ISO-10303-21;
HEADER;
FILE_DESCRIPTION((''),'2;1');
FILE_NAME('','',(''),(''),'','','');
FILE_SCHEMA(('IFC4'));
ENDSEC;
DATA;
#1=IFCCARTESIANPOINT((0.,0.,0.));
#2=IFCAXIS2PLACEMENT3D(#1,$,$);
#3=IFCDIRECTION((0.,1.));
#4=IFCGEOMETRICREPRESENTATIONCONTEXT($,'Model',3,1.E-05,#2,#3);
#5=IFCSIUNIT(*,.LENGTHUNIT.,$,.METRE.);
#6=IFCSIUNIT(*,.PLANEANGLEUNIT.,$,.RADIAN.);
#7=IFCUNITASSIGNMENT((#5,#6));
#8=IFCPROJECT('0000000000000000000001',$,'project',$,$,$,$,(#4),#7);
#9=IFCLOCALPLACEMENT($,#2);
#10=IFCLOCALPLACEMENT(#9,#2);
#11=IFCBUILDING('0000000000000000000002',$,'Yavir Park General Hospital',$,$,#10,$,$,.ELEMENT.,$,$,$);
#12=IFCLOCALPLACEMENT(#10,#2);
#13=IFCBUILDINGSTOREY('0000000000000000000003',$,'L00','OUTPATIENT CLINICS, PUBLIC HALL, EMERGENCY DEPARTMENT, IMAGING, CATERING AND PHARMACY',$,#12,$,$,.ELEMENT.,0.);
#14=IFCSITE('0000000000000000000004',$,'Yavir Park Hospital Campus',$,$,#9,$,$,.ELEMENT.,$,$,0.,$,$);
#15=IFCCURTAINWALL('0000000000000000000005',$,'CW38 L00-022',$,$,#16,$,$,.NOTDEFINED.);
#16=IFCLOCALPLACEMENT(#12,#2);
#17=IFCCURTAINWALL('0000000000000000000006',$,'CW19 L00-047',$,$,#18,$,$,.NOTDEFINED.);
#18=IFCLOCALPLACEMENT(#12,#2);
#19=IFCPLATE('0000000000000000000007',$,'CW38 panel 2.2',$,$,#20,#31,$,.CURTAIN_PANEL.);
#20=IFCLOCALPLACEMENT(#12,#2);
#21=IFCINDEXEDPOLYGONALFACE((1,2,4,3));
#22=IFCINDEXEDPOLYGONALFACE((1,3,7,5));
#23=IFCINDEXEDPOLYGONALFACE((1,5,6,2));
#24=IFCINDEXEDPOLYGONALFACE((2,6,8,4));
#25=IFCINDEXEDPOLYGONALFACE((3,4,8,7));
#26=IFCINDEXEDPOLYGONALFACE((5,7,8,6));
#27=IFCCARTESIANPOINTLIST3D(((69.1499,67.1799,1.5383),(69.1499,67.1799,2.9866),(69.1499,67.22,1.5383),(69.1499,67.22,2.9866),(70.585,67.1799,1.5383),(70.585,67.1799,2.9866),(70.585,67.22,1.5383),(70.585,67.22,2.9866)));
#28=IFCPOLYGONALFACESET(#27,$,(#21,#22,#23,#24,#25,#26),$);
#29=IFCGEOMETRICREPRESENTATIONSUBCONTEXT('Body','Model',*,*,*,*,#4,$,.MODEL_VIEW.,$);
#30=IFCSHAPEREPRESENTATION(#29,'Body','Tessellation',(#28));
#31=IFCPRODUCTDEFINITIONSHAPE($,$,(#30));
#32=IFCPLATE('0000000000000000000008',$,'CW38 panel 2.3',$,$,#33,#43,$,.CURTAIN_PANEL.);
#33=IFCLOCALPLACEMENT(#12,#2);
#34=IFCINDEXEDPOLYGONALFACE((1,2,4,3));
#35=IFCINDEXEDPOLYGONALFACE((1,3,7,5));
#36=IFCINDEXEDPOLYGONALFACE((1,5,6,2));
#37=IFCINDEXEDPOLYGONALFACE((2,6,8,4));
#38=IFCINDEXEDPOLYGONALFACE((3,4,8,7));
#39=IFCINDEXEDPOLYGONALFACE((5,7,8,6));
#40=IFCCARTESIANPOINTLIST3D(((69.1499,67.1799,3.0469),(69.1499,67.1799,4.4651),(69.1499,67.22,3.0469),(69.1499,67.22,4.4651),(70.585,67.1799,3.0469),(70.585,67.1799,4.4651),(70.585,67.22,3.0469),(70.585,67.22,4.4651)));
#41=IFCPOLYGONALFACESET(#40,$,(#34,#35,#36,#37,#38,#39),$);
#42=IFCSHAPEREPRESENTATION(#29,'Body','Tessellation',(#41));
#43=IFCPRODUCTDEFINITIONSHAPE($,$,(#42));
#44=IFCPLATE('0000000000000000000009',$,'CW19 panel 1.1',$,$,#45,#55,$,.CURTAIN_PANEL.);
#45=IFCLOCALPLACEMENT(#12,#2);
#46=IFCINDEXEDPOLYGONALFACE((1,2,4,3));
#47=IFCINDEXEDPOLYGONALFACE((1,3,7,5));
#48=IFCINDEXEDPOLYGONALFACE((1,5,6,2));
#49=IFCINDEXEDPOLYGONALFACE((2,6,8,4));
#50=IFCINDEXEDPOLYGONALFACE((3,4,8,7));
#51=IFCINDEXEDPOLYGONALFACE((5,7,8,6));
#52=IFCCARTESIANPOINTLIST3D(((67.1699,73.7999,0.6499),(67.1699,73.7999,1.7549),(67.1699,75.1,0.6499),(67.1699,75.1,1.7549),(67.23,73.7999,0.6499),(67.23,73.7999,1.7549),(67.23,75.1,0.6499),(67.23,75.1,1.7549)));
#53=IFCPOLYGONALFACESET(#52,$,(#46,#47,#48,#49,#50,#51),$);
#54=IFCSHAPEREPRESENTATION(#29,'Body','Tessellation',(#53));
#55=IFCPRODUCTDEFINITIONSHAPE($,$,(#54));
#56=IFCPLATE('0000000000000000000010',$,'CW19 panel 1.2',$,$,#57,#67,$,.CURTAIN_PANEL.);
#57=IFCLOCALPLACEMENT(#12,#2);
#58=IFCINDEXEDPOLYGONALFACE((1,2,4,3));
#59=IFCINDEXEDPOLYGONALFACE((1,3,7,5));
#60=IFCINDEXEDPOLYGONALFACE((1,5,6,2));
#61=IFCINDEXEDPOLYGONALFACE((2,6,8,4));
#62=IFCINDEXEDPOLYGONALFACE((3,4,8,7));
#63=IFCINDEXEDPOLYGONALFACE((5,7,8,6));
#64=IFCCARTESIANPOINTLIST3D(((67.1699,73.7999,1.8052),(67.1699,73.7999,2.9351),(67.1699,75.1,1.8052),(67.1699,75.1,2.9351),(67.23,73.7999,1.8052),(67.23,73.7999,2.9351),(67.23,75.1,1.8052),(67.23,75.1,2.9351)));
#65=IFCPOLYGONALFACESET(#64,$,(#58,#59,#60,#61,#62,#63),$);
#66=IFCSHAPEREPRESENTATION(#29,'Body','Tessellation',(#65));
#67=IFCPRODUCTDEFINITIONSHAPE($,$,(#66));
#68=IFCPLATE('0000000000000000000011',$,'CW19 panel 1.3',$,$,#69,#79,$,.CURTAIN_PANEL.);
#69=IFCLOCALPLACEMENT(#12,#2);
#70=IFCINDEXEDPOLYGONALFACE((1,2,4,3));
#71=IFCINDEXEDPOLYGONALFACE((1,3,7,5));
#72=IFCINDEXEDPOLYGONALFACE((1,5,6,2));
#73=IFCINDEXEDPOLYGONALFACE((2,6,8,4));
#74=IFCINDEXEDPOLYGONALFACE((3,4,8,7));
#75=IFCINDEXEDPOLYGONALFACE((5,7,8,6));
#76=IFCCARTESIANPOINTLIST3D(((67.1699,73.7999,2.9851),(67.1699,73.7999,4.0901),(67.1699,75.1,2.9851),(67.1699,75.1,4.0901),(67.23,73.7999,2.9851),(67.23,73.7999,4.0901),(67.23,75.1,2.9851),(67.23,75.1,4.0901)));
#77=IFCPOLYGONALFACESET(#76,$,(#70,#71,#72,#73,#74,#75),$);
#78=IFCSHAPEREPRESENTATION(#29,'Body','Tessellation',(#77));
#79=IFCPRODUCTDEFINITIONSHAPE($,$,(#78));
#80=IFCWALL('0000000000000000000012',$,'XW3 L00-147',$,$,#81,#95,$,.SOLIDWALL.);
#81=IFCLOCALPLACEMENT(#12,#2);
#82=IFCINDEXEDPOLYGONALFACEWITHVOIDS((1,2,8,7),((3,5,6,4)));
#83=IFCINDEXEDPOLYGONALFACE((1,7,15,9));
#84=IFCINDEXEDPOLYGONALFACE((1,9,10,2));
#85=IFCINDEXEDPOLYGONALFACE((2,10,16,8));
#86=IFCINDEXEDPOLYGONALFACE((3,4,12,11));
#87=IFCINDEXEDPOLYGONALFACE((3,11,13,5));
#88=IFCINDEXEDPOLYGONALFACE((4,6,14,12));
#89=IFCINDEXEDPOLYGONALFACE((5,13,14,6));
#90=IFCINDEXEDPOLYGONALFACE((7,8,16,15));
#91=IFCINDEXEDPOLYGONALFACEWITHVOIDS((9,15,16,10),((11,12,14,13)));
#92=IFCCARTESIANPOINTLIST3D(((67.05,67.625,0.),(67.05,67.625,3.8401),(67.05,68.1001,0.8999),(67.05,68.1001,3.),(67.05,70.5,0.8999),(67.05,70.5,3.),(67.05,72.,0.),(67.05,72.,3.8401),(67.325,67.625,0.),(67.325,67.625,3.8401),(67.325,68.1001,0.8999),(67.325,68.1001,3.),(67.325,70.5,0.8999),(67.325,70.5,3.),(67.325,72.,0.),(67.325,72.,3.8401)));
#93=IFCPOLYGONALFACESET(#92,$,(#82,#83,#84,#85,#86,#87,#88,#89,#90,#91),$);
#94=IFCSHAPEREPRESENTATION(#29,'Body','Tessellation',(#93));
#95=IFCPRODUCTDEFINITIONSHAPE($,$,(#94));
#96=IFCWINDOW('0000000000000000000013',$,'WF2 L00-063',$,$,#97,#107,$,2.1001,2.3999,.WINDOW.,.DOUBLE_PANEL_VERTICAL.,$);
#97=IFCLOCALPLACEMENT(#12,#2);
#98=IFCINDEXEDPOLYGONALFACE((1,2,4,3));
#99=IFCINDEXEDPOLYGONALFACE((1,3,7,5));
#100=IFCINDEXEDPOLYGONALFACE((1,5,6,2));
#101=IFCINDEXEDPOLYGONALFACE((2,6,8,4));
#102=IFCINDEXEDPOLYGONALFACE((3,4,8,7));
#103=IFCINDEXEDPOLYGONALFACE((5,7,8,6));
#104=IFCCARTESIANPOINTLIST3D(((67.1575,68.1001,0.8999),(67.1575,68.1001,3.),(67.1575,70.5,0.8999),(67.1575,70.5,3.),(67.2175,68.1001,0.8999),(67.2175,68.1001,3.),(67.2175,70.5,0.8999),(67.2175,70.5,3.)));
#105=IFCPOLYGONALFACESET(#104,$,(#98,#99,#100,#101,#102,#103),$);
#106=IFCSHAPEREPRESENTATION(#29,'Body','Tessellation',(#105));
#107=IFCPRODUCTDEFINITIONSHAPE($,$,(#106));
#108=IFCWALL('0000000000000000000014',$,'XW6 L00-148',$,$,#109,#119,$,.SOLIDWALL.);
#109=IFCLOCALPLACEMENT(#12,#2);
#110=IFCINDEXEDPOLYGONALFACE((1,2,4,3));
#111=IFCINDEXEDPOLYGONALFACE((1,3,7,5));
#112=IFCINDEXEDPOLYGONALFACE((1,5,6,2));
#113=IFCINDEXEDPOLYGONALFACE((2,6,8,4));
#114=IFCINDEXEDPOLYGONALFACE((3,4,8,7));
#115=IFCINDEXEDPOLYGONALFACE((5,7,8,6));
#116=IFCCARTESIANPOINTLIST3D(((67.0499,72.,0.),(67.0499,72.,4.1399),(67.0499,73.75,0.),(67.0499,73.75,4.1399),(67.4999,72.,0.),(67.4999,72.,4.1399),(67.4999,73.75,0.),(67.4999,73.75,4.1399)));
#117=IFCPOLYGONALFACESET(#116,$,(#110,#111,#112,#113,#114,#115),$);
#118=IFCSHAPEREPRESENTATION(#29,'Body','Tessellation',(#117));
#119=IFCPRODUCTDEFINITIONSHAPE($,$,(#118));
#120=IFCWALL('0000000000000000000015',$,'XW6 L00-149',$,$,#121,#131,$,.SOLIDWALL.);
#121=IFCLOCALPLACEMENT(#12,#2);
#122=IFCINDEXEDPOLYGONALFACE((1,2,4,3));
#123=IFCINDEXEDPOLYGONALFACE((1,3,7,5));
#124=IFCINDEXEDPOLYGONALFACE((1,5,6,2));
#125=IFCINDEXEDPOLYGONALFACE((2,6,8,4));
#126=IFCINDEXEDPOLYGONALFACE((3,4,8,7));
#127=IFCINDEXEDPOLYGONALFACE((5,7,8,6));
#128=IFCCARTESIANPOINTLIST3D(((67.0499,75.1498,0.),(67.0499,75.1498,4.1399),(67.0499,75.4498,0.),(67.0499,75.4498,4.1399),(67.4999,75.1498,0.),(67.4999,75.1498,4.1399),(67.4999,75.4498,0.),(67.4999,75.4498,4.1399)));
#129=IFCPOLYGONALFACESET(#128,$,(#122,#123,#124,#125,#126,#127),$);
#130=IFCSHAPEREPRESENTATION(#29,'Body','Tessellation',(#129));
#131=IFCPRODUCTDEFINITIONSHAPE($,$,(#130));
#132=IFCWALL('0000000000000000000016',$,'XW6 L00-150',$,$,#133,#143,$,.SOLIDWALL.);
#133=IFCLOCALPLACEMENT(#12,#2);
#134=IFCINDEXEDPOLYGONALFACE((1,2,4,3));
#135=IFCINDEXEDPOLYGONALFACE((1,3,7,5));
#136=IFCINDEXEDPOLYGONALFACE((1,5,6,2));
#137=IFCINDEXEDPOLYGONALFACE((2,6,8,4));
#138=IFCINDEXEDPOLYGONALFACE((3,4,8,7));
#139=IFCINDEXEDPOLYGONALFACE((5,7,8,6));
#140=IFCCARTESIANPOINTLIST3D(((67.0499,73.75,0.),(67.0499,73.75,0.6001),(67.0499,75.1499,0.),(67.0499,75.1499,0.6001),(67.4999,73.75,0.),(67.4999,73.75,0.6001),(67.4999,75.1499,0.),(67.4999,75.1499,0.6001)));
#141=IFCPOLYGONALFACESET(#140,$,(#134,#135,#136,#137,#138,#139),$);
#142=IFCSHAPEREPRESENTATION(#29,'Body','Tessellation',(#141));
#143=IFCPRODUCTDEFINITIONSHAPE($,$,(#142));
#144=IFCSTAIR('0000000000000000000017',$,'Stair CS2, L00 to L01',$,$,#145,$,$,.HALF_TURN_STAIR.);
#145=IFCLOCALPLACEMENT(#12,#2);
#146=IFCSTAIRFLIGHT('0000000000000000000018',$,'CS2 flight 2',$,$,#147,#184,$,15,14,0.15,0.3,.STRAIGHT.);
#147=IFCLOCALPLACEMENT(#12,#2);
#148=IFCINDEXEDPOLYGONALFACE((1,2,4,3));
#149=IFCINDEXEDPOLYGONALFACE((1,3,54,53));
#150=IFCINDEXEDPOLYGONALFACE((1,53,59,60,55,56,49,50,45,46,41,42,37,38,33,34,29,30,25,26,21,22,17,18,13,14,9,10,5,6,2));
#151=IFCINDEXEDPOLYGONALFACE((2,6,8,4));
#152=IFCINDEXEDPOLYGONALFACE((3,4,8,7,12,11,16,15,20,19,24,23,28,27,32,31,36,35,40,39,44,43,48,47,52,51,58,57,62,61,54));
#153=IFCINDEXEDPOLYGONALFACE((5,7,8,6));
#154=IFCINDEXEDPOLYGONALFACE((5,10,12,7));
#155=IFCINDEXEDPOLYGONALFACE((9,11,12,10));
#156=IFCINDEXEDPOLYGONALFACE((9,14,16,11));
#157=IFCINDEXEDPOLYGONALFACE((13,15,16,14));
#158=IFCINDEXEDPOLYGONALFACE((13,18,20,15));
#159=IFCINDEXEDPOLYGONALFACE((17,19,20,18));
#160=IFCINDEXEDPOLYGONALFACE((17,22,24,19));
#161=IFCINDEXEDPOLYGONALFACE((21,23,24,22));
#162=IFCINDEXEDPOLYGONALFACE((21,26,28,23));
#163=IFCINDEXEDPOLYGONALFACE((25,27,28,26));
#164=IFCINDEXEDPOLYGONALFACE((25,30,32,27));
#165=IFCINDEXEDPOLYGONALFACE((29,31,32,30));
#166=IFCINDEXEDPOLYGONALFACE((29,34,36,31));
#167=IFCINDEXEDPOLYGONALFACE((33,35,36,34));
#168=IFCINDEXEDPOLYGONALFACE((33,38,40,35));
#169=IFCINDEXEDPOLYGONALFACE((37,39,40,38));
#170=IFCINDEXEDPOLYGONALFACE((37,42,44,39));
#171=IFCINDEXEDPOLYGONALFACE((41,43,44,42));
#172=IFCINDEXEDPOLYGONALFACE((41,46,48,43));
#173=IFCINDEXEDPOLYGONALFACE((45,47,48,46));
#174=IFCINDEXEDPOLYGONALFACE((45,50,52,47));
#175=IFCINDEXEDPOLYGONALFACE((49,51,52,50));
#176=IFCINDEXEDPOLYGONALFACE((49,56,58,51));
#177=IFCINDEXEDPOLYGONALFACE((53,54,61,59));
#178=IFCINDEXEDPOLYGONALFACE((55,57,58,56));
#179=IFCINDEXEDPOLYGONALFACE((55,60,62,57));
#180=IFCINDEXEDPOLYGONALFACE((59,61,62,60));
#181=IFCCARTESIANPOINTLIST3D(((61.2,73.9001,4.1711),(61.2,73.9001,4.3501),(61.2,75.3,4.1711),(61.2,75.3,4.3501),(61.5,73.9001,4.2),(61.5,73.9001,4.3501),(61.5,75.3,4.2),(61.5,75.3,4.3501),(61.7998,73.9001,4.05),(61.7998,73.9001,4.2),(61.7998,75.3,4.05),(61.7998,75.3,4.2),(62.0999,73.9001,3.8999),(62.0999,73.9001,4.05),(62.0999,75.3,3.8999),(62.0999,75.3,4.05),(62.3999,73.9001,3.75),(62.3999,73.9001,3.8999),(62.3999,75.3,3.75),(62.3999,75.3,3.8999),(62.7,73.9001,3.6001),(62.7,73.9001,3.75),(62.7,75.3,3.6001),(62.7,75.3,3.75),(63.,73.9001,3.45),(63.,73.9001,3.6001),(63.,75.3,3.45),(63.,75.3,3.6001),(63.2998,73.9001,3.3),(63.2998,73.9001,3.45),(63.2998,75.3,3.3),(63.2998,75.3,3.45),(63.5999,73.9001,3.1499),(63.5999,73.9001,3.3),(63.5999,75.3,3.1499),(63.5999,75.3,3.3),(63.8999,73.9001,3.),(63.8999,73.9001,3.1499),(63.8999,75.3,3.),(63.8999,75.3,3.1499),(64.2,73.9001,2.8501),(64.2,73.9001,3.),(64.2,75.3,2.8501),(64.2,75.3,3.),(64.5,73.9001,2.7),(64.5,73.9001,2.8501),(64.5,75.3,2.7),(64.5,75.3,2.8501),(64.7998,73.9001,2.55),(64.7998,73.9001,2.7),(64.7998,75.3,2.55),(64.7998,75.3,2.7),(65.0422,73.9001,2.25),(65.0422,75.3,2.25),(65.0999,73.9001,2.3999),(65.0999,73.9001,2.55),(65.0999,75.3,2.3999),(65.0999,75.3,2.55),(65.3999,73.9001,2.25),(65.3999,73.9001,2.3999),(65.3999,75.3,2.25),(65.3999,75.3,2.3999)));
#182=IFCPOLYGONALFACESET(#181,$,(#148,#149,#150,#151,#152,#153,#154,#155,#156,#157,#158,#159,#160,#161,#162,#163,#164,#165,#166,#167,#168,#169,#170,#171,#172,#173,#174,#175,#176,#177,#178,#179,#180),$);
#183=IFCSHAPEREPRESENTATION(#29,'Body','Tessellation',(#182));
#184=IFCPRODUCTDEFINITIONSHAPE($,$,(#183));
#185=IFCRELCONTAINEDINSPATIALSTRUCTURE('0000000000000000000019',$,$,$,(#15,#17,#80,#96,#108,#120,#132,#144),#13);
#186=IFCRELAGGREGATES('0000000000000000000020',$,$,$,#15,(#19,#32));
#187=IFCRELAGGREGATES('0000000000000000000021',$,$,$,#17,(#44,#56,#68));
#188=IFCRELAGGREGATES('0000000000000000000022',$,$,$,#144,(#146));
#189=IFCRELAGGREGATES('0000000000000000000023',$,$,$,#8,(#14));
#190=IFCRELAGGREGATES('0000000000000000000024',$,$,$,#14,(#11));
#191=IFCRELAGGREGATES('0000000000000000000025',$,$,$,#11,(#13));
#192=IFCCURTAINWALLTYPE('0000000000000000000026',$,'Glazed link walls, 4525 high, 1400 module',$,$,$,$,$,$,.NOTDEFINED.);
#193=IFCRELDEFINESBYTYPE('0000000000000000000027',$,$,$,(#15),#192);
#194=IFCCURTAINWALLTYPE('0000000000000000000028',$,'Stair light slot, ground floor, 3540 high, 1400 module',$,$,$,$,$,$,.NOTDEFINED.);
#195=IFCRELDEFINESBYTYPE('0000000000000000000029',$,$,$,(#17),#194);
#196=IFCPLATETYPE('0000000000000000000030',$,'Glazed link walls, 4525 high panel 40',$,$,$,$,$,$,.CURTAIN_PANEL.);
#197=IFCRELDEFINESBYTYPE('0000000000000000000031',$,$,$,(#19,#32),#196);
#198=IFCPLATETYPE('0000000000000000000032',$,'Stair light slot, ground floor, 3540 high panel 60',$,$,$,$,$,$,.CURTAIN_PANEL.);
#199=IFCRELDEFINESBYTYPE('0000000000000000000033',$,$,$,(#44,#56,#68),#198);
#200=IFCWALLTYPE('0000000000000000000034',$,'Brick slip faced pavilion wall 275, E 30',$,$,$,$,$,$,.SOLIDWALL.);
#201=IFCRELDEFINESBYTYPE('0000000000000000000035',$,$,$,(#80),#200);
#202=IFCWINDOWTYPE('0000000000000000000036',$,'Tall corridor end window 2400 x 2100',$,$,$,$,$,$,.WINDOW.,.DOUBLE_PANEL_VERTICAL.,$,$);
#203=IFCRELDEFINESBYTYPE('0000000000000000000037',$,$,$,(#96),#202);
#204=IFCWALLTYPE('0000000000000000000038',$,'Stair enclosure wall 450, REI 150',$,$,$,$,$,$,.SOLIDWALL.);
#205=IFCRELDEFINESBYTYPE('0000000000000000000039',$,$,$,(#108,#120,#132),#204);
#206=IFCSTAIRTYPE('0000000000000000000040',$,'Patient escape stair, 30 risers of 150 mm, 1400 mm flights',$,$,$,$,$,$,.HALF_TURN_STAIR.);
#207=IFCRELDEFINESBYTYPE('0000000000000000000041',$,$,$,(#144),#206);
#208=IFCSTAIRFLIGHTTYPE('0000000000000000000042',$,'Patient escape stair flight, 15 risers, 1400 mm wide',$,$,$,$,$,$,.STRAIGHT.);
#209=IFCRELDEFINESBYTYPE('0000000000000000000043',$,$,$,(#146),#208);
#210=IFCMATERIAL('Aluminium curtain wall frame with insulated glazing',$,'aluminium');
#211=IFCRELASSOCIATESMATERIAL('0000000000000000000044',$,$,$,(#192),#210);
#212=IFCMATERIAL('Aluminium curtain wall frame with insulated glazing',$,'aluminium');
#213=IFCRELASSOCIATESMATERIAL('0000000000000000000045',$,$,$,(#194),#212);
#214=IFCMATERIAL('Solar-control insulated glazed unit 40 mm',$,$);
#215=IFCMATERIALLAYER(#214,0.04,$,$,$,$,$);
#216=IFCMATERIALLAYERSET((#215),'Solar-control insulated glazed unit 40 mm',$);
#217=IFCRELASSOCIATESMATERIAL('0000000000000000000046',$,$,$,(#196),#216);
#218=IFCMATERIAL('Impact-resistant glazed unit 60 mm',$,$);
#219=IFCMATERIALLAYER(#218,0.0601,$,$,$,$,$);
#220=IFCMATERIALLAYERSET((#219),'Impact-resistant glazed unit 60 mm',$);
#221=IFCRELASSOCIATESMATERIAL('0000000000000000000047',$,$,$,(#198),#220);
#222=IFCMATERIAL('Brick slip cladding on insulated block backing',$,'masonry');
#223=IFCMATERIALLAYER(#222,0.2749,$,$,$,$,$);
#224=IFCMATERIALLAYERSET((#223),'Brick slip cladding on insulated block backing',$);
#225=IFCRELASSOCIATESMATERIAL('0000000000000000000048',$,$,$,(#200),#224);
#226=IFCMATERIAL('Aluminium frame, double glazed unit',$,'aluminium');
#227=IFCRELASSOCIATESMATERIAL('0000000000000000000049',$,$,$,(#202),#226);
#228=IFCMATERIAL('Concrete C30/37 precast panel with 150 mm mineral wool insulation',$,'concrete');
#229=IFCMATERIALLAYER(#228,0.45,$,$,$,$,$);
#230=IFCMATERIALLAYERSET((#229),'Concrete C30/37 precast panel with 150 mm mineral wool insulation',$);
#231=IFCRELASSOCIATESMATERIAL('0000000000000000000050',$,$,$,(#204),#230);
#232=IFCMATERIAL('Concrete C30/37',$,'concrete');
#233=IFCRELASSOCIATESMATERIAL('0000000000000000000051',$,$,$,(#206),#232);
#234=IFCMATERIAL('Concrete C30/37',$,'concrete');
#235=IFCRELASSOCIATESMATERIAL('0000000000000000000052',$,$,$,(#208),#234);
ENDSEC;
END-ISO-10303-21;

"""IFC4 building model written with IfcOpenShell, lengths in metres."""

from ifc_helpers import new_model, si_unit, direction, frame, frame_2d, origin, origin_2d, place, context, subcontext, project, spatial, polyline, rectangle, outline, extrude, material, layer, layer_set, type_object, element, fill, aggregate, save


model = new_model("IFC4")

# Units and contexts
model_context = context("Model", 3, precision=1e-05, world=origin(), true_north=direction((0.0, 1.0)))
body_context = subcontext(model_context, "Body", "Model", "MODEL_VIEW")
ifc_project = project(units=[si_unit("LENGTHUNIT", "METRE"), si_unit("PLANEANGLEUNIT", "RADIAN")], contexts=[model_context])

# Site, building, storey
site_placement = place(None, origin())
site = spatial("IfcSite", under=ifc_project, at=site_placement, Name="Yavir Park Hospital Campus", CompositionType="ELEMENT", RefElevation=0.0)
building_placement = place(site_placement, origin())
building = spatial("IfcBuilding", under=site, at=building_placement, Name="Yavir Park General Hospital", CompositionType="ELEMENT")
storey_placement = place(building_placement, origin())
storey = spatial("IfcBuildingStorey", under=building, at=storey_placement, Name="L00", Description="OUTPATIENT CLINICS, PUBLIC HALL, EMERGENCY DEPARTMENT, IMAGING, CATERING AND PHARMACY", CompositionType="ELEMENT", Elevation=0.0)

# Curtain wall
ifc_material_1 = material(Name="Aluminium curtain wall frame with insulated glazing", Category="aluminium")
curtain_wall_type_1 = type_object("IfcCurtainWallType", Name="Glazed link walls, 4525 high, 1400 module", PredefinedType="NOTDEFINED", material=ifc_material_1)
curtain_wall_1_placement = place(storey_placement, origin())
curtain_wall_1 = element("IfcCurtainWall", 1, at=curtain_wall_1_placement, inside=storey, type_object=curtain_wall_type_1, Name="CW38 L00-022", PredefinedType="NOTDEFINED")

# Curtain wall
ifc_material_2 = material(Name="Aluminium curtain wall frame with insulated glazing", Category="aluminium")
curtain_wall_type_2 = type_object("IfcCurtainWallType", Name="Stair light slot, ground floor, 3540 high, 1400 module", PredefinedType="NOTDEFINED", material=ifc_material_2)
curtain_wall_2_placement = place(storey_placement, origin())
curtain_wall_2 = element("IfcCurtainWall", 2, at=curtain_wall_2_placement, inside=storey, type_object=curtain_wall_type_2, Name="CW19 L00-047", PredefinedType="NOTDEFINED")

# Plates
ifc_material_3 = material(Name="Solar-control insulated glazed unit 40 mm")
ifc_layer_1 = layer(ifc_material_3, 0.04)
ifc_layer_set_1 = layer_set([ifc_layer_1], Name="Solar-control insulated glazed unit 40 mm")
plate_type_1 = type_object("IfcPlateType", Name="Glazed link walls, 4525 high panel 40", PredefinedType="CURTAIN_PANEL", material=ifc_layer_set_1)
plate_1_placement = place(storey_placement, frame((69.8674, 67.2, 1.5383), z_axis=(0.0, 0.0, 1.0), x_axis=(1.0, 0.0, 0.0)))
plate_1 = element("IfcPlate", 3, at=plate_1_placement, type_object=plate_type_1, Name="CW38 panel 2.2", PredefinedType="CURTAIN_PANEL", context=body_context, shape_type="SweptSolid", body=[
    extrude(rectangle(XDim=1.4351, YDim=0.04, at=origin_2d()), origin(), (0.0, 0.0, 1.0), 1.4482),
])
plate_2_placement = place(storey_placement, frame((69.8674, 67.2, 3.0469), z_axis=(0.0, 0.0, 1.0), x_axis=(1.0, 0.0, 0.0)))
plate_2 = element("IfcPlate", 4, at=plate_2_placement, type_object=plate_type_1, Name="CW38 panel 2.3", PredefinedType="CURTAIN_PANEL", context=body_context, shape_type="SweptSolid", body=[
    extrude(rectangle(XDim=1.4351, YDim=0.04, at=origin_2d()), origin(), (0.0, 0.0, 1.0), 1.4182),
])
aggregate(curtain_wall_1, [plate_1, plate_2])
ifc_material_4 = material(Name="Impact-resistant glazed unit 60 mm")
ifc_layer_2 = layer(ifc_material_4, 0.0601)
ifc_layer_set_2 = layer_set([ifc_layer_2], Name="Impact-resistant glazed unit 60 mm")
plate_type_2 = type_object("IfcPlateType", Name="Stair light slot, ground floor, 3540 high panel 60", PredefinedType="CURTAIN_PANEL", material=ifc_layer_set_2)
plate_3_placement = place(storey_placement, frame((67.2, 74.45, 0.6499), z_axis=(0.0, 0.0, 1.0), x_axis=(0.0, 1.0, 0.0)))
plate_3 = element("IfcPlate", 5, at=plate_3_placement, type_object=plate_type_2, Name="CW19 panel 1.1", PredefinedType="CURTAIN_PANEL", context=body_context, shape_type="SweptSolid", body=[
    extrude(rectangle(XDim=1.3, YDim=0.0601, at=origin_2d()), origin(), (0.0, 0.0, 1.0), 1.105),
])
plate_4_placement = place(storey_placement, frame((67.2, 74.45, 1.8052), z_axis=(0.0, 0.0, 1.0), x_axis=(0.0, 1.0, 0.0)))
plate_4 = element("IfcPlate", 6, at=plate_4_placement, type_object=plate_type_2, Name="CW19 panel 1.2", PredefinedType="CURTAIN_PANEL", context=body_context, shape_type="SweptSolid", body=[
    extrude(rectangle(XDim=1.3, YDim=0.0601, at=origin_2d()), origin(), (0.0, 0.0, 1.0), 1.1299),
])
plate_5_placement = place(storey_placement, frame((67.2, 74.45, 2.9851), z_axis=(0.0, 0.0, 1.0), x_axis=(0.0, 1.0, 0.0)))
plate_5 = element("IfcPlate", 7, at=plate_5_placement, type_object=plate_type_2, Name="CW19 panel 1.3", PredefinedType="CURTAIN_PANEL", context=body_context, shape_type="SweptSolid", body=[
    extrude(rectangle(XDim=1.3, YDim=0.0601, at=origin_2d()), origin(), (0.0, 0.0, 1.0), 1.105),
])
aggregate(curtain_wall_2, [plate_3, plate_4, plate_5])

# Wall, opening, window
ifc_material_5 = material(Name="Brick slip cladding on insulated block backing", Category="masonry")
ifc_layer_3 = layer(ifc_material_5, 0.2749)
ifc_layer_set_3 = layer_set([ifc_layer_3], Name="Brick slip cladding on insulated block backing")
wall_type_1 = type_object("IfcWallType", Name="Brick slip faced pavilion wall 275, E 30", PredefinedType="SOLIDWALL", material=ifc_layer_set_3)
wall_1_placement = place(storey_placement, frame((67.1875, 67.625, 0.0), z_axis=(0.0, 0.0, 1.0), x_axis=(0.0, 1.0, 0.0)))
wall_1 = element("IfcWall", 8, at=wall_1_placement, inside=storey, type_object=wall_type_1, Name="XW3 L00-147", PredefinedType="SOLIDWALL", context=body_context, shape_type="SweptSolid", body=[
    extrude(rectangle(XDim=4.375, YDim=0.2749, at=frame_2d((2.1875, 0.0))), origin(), (0.0, 0.0, 1.0), 3.8401),
])
opening_placement = place(wall_1_placement, frame((0.4751, 0.0, 0.8999)))
opening = element("IfcOpeningElement", 9, at=opening_placement, cuts=wall_1, PredefinedType="OPENING", context=body_context, shape_type="SweptSolid", body=[
    extrude(rectangle(XDim=2.3999, YDim=2.1001, at=frame_2d((1.2, 1.05))), frame((0.0, 0.1475, 0.0), z_axis=(0.0, -1.0, 0.0), x_axis=(1.0, 0.0, 0.0)), (0.0, 0.0, 1.0), 0.2949),
])
ifc_material_6 = material(Name="Aluminium frame, double glazed unit", Category="aluminium")
window_type = type_object("IfcWindowType", Name="Tall corridor end window 2400 x 2100", PartitioningType="DOUBLE_PANEL_VERTICAL", PredefinedType="WINDOW", material=ifc_material_6)
window_placement = place(opening_placement, origin())
window = element("IfcWindow", 10, at=window_placement, inside=storey, type_object=window_type, Name="WF2 L00-063", OverallHeight=2.1001, OverallWidth=2.3999, PartitioningType="DOUBLE_PANEL_VERTICAL", PredefinedType="WINDOW", context=body_context, shape_type="SweptSolid", body=[
    extrude(rectangle(XDim=2.3999, YDim=2.1001, at=frame_2d((1.2, 1.05))), frame((0.0, 0.03, 0.0), z_axis=(0.0, -1.0, 0.0), x_axis=(1.0, 0.0, 0.0)), (0.0, 0.0, 1.0), 0.0601),
])
fill(opening, window)

# Walls
ifc_material_7 = material(Name="Concrete C30/37 precast panel with 150 mm mineral wool insulation", Category="concrete")
ifc_layer_4 = layer(ifc_material_7, 0.45)
ifc_layer_set_4 = layer_set([ifc_layer_4], Name="Concrete C30/37 precast panel with 150 mm mineral wool insulation")
wall_type_2 = type_object("IfcWallType", Name="Stair enclosure wall 450, REI 150", PredefinedType="SOLIDWALL", material=ifc_layer_set_4)
wall_2_placement = place(storey_placement, frame((67.2749, 72.0, 0.0), z_axis=(0.0, 0.0, 1.0), x_axis=(0.0, 1.0, 0.0)))
element("IfcWall", 11, at=wall_2_placement, inside=storey, type_object=wall_type_2, Name="XW6 L00-148", PredefinedType="SOLIDWALL", context=body_context, shape_type="SweptSolid", body=[
    extrude(rectangle(XDim=1.75, YDim=0.45, at=frame_2d((0.875, 0.0))), origin(), (0.0, 0.0, 1.0), 4.1399),
])
wall_3_placement = place(storey_placement, frame((67.2749, 75.1499, 0.0), z_axis=(0.0, 0.0, 1.0), x_axis=(0.0, 1.0, 0.0)))
element("IfcWall", 12, at=wall_3_placement, inside=storey, type_object=wall_type_2, Name="XW6 L00-149", PredefinedType="SOLIDWALL", context=body_context, shape_type="SweptSolid", body=[
    extrude(rectangle(XDim=0.3, YDim=0.45, at=frame_2d((0.1499, 0.0))), origin(), (0.0, 0.0, 1.0), 4.1399),
])
wall_4_placement = place(storey_placement, frame((67.2749, 73.75, 0.0), z_axis=(0.0, 0.0, 1.0), x_axis=(0.0, 1.0, 0.0)))
element("IfcWall", 13, at=wall_4_placement, inside=storey, type_object=wall_type_2, Name="XW6 L00-150", PredefinedType="SOLIDWALL", context=body_context, shape_type="SweptSolid", body=[
    extrude(rectangle(XDim=1.3999, YDim=0.45, at=frame_2d((0.7, 0.0))), origin(), (0.0, 0.0, 1.0), 0.6001),
])

# Stair, stair flight
ifc_material_8 = material(Name="Concrete C30/37", Category="concrete")
stair_type = type_object("IfcStairType", Name="Patient escape stair, 30 risers of 150 mm, 1400 mm flights", PredefinedType="HALF_TURN_STAIR", material=ifc_material_8)
stair_placement = place(storey_placement, origin())
stair = element("IfcStair", 14, at=stair_placement, inside=storey, type_object=stair_type, Name="Stair CS2, L00 to L01", PredefinedType="HALF_TURN_STAIR")
ifc_material_9 = material(Name="Concrete C30/37", Category="concrete")
stair_flight_type = type_object("IfcStairFlightType", Name="Patient escape stair flight, 15 risers, 1400 mm wide", PredefinedType="STRAIGHT", material=ifc_material_9)
stair_flight_placement = place(storey_placement, frame((65.3999, 74.6001, 2.25), z_axis=(0.0, 0.0, 1.0), x_axis=(-1.0, 0.0, 0.0)))
stair_flight = element("IfcStairFlight", 15, at=stair_flight_placement, type_object=stair_flight_type, Name="CS2 flight 2", NumberOfRisers=15, NumberOfTreads=14, PredefinedType="STRAIGHT", RiserHeight=0.15, TreadLength=0.3, context=body_context, shape_type="SweptSolid", body=[
    extrude(outline(polyline([(0.0, 0.0), (0.0, 0.1499), (0.3, 0.1499), (0.3, 0.3), (0.6001, 0.3), (0.6001, 0.45), (0.8999, 0.45), (0.8999, 0.6001), (1.2, 0.6001), (1.2, 0.75), (1.5, 0.75), (1.5, 0.8999), (1.8, 0.8999), (1.8, 1.05), (2.1001, 1.05), (2.1001, 1.2), (2.3999, 1.2), (2.3999, 1.3501), (2.7, 1.3501), (2.7, 1.5), (3.0, 1.5), (3.0, 1.6499), (3.3, 1.6499), (3.3, 1.8), (3.6001, 1.8), (3.6001, 1.95), (3.8999, 1.95), (3.8999, 2.1001), (4.2, 2.1001), (4.2, 2.25), (4.2, 1.9211), (0.3577, 0.0), (0.0, 0.0)])), frame((0.0, 0.7, 0.0), z_axis=(0.0, -1.0, 0.0), x_axis=(1.0, 0.0, 0.0)), (0.0, 0.0, 1.0), 1.3999),
])
aggregate(stair, [stair_flight])

save(model, "model.ifc")
